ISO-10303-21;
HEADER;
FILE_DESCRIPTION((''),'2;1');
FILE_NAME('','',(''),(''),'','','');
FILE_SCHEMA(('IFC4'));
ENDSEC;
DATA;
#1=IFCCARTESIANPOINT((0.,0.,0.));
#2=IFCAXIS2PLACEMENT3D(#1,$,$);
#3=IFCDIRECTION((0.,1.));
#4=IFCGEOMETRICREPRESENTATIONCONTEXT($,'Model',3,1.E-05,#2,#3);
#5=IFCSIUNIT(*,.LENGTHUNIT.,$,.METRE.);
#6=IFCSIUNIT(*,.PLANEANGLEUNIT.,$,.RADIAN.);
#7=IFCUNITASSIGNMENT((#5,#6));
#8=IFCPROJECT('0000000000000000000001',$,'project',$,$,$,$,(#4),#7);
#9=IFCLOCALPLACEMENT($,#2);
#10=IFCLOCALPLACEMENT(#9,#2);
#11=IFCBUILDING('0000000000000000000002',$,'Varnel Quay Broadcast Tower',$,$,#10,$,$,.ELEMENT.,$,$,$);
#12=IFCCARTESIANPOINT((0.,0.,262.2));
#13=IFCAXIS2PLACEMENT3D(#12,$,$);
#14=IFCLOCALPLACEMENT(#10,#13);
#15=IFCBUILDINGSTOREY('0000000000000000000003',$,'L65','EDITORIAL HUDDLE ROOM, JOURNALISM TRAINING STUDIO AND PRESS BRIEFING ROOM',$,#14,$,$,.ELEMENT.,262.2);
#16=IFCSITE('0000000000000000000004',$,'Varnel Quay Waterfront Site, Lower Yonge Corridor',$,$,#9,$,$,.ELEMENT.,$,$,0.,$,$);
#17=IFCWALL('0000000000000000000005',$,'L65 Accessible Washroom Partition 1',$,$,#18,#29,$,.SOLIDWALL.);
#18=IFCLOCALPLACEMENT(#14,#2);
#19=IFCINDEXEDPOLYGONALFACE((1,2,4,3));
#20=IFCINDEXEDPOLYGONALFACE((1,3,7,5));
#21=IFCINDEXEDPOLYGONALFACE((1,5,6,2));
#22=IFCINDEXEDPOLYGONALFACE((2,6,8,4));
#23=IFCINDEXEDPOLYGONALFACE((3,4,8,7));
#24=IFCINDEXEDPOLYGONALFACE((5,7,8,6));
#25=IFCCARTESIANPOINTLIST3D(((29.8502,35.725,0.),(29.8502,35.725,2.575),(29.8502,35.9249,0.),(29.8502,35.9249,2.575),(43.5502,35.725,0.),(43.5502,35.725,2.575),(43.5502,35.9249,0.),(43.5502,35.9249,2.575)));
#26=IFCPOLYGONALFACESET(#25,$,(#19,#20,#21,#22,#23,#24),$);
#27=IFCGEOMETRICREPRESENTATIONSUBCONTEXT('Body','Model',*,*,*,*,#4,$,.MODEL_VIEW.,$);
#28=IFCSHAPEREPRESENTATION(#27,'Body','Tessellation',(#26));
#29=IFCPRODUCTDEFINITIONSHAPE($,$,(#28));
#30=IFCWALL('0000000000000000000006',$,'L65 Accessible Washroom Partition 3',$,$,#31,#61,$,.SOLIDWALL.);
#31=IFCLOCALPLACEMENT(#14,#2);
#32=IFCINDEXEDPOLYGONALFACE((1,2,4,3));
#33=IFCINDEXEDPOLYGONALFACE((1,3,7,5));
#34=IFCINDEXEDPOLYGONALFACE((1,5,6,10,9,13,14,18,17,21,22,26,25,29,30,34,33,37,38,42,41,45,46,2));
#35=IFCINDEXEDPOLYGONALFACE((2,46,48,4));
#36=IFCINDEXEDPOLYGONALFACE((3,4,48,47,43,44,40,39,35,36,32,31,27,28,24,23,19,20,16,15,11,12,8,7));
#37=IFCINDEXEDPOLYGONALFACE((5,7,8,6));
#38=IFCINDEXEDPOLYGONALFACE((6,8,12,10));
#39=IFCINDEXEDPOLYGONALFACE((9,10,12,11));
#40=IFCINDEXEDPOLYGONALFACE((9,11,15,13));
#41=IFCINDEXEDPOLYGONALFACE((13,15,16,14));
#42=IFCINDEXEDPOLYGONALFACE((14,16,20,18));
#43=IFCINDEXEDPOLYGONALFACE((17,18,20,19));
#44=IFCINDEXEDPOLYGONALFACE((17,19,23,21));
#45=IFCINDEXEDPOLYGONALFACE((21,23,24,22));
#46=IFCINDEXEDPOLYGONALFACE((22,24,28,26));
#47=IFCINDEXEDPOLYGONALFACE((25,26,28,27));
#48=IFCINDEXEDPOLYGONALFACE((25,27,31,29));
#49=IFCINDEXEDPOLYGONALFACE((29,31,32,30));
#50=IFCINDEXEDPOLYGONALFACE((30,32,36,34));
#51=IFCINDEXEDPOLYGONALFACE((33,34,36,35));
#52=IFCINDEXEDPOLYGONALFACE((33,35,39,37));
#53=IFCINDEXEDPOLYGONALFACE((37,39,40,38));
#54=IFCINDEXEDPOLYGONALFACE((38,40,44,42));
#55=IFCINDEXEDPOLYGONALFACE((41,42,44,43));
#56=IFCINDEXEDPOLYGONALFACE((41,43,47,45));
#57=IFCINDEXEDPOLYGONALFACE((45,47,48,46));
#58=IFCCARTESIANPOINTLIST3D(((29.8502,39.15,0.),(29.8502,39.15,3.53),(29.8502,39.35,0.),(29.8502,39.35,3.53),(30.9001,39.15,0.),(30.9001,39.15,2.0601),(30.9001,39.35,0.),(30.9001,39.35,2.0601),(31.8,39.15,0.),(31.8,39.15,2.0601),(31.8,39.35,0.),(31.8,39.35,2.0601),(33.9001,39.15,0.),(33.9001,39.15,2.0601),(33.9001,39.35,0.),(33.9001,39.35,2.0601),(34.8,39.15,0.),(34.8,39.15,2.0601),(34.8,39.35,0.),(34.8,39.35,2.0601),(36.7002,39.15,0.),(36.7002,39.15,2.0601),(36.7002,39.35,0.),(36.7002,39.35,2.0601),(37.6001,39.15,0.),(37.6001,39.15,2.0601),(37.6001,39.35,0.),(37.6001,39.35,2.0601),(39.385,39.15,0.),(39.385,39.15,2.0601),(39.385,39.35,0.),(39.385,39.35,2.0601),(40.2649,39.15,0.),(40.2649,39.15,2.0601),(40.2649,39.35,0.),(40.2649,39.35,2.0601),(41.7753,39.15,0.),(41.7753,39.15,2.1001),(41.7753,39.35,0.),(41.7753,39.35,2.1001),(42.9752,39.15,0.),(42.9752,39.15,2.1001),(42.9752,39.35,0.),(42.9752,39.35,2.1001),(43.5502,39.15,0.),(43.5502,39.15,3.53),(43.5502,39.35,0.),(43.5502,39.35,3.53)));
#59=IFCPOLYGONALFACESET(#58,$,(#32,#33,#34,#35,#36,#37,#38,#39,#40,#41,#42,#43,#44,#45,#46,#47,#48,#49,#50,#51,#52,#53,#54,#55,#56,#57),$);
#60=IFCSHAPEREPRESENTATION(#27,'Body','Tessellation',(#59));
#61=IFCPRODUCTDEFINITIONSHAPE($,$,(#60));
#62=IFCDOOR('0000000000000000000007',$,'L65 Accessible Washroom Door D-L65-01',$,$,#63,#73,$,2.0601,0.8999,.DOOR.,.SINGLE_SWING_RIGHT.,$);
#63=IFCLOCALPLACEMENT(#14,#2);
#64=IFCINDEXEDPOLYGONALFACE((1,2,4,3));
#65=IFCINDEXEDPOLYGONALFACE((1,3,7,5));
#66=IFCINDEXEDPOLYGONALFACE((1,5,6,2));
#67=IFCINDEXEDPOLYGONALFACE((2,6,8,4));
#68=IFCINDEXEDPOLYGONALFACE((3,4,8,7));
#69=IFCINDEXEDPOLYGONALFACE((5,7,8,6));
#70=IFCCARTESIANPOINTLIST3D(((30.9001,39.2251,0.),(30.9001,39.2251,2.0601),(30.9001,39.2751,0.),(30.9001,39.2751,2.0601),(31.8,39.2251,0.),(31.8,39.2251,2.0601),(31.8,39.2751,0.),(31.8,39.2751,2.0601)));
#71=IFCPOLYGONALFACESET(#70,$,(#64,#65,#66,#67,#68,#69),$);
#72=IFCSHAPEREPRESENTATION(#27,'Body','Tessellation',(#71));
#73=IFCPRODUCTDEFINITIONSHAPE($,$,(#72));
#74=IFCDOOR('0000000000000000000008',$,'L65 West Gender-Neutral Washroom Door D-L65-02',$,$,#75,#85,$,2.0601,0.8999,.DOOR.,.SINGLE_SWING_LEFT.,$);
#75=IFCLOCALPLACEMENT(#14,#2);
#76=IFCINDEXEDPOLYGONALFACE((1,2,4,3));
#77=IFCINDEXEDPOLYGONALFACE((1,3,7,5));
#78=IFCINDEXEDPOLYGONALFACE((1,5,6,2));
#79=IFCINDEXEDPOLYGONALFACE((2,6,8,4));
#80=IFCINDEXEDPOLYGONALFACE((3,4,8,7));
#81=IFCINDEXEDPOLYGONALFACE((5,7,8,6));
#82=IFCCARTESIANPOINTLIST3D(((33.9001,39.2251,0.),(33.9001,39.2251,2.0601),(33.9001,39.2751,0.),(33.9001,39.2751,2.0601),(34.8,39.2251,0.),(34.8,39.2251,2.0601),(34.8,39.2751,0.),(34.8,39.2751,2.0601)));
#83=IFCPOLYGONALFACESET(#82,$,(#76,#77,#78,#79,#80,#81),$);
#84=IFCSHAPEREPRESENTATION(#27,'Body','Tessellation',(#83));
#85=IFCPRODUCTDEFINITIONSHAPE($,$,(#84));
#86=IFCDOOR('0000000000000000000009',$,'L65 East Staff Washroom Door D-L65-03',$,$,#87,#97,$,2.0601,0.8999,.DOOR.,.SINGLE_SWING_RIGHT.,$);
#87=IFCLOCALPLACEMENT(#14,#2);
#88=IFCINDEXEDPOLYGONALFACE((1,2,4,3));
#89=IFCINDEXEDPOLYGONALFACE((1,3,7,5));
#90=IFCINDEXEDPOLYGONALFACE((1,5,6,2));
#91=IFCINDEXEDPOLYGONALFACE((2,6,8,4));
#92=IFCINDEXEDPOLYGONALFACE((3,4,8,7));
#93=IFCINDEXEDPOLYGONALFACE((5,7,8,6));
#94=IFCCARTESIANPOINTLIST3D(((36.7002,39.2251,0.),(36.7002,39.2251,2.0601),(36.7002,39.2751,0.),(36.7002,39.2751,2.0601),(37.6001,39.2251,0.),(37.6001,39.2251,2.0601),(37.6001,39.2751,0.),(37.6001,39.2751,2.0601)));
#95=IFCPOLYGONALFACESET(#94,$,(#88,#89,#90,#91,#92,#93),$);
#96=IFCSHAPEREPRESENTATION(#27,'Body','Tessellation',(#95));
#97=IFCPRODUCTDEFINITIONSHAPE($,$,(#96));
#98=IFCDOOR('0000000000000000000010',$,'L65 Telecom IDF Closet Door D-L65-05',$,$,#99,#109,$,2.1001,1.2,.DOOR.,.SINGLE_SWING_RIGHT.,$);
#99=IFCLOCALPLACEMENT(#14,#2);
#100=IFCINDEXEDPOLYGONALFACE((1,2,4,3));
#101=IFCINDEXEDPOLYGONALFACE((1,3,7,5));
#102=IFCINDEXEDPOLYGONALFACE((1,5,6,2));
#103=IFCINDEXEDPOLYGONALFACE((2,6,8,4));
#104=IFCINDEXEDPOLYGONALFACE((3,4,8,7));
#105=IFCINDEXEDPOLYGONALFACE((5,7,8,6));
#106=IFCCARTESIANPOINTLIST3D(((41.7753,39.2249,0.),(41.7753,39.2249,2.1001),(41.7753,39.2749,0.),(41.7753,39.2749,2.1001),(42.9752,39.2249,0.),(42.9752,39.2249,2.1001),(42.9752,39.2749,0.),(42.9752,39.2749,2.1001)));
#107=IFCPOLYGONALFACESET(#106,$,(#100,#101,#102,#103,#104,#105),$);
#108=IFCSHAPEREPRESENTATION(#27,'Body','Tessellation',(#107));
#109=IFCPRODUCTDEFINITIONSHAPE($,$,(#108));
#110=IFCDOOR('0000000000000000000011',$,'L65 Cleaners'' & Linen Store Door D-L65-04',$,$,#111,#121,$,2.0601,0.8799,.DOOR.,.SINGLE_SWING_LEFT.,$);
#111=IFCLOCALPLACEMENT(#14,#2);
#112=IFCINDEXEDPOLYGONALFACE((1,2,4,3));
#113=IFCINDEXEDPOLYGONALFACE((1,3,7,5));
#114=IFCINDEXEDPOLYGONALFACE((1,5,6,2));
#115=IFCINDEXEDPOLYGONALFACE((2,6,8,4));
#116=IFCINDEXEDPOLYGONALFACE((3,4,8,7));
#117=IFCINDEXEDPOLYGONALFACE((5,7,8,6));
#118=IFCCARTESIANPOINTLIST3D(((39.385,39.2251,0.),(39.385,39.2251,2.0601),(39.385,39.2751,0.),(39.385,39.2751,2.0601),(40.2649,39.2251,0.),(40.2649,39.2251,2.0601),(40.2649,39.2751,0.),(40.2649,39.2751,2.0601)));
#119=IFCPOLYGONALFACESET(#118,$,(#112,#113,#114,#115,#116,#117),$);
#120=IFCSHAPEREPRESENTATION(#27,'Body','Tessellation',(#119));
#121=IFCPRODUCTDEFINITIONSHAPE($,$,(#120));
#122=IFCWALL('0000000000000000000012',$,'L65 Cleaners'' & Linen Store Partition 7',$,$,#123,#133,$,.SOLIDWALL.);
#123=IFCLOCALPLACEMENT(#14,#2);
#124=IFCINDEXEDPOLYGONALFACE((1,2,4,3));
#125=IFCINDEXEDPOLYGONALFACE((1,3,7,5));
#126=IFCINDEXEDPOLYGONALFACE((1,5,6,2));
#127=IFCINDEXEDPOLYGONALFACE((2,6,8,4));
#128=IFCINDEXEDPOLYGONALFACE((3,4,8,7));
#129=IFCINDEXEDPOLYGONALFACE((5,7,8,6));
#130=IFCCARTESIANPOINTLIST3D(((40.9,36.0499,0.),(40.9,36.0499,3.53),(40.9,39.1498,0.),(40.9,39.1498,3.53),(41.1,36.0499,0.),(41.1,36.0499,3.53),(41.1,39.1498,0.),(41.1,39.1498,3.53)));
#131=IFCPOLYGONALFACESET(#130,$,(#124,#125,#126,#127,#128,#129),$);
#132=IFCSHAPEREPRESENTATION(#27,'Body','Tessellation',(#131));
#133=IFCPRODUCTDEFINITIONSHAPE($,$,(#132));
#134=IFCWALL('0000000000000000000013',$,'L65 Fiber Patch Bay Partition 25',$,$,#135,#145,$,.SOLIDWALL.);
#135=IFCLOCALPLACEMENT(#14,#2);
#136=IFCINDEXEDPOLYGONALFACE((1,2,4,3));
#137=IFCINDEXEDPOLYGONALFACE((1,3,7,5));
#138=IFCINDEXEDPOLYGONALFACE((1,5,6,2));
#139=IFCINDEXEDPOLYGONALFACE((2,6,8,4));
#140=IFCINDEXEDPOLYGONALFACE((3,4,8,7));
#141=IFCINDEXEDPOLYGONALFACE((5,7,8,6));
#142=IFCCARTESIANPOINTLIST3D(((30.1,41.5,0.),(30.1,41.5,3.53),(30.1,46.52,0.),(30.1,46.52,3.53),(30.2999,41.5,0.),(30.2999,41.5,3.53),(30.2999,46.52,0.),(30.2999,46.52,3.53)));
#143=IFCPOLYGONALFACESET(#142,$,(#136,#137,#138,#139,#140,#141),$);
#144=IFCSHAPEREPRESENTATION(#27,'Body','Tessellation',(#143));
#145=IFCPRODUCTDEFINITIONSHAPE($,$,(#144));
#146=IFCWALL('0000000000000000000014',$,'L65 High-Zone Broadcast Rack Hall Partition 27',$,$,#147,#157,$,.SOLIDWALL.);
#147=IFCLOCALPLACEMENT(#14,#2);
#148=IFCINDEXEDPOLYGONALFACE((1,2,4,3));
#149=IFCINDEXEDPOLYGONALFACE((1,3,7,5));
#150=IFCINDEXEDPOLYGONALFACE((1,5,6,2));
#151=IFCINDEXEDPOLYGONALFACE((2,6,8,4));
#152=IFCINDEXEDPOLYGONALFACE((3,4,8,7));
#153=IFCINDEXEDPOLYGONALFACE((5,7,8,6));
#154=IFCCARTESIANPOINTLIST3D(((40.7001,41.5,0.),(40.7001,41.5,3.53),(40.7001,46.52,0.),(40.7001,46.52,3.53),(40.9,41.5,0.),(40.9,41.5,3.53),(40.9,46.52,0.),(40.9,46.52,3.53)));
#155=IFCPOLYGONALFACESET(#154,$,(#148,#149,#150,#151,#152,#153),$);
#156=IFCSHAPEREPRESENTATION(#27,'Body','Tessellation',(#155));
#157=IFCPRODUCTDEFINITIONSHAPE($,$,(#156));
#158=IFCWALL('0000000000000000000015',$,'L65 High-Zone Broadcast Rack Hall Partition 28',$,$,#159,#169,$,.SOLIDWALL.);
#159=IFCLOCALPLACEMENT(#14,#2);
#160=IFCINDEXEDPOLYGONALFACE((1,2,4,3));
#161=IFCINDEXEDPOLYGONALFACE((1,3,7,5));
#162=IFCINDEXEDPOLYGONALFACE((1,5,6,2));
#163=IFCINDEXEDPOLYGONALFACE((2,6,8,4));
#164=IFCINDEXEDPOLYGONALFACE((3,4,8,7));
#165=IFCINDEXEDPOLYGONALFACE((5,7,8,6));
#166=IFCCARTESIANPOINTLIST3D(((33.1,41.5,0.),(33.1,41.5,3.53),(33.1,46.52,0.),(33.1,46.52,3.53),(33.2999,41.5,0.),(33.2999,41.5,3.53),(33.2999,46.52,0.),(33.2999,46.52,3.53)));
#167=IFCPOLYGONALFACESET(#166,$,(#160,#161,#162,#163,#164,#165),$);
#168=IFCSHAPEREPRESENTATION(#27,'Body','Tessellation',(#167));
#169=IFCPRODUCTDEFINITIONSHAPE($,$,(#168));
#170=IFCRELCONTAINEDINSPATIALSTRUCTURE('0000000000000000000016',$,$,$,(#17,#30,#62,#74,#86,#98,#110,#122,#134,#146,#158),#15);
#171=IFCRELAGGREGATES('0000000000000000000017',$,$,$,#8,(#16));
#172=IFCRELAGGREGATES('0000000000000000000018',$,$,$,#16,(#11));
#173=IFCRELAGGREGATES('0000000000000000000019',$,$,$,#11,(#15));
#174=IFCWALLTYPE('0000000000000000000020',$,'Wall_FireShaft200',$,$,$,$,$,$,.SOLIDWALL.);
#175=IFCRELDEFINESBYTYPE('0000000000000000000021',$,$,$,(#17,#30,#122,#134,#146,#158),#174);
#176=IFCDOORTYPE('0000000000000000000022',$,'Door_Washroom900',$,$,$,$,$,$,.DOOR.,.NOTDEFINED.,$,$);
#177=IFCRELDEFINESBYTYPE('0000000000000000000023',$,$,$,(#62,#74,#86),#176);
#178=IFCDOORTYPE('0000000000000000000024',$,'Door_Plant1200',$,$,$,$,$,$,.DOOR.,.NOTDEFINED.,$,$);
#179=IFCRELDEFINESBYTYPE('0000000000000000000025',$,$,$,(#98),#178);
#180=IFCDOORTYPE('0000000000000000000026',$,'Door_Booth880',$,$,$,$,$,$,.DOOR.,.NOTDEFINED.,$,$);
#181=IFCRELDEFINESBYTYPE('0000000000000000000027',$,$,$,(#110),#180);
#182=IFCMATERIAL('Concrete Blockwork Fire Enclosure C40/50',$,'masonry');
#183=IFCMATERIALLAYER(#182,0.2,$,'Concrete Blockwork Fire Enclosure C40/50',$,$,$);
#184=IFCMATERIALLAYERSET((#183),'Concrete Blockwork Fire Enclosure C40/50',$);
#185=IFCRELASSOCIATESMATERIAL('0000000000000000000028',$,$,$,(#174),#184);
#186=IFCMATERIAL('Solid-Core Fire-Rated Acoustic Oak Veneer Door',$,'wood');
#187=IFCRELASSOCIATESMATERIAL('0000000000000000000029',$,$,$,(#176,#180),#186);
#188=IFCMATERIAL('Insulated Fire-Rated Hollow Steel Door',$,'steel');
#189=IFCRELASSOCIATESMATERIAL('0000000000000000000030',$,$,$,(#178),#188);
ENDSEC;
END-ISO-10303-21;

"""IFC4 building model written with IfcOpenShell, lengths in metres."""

from ifc_helpers import new_model, si_unit, direction, frame, frame_2d, origin, place, context, subcontext, project, spatial, rectangle, extrude, source, transform, mapped, material, layer, layer_set, type_object, type_shapes, element, fill, save


model = new_model("IFC4")

# Units and contexts
model_context = context("Model", 3, precision=1e-05, world=origin(), true_north=direction((0.0, 1.0)))
body_context = subcontext(model_context, "Body", "Model", "MODEL_VIEW")
ifc_project = project(units=[si_unit("LENGTHUNIT", "METRE"), si_unit("PLANEANGLEUNIT", "RADIAN")], contexts=[model_context])

# Site, building, storey
site_placement = place(None, origin())
site = spatial("IfcSite", under=ifc_project, at=site_placement, Name="Varnel Quay Waterfront Site, Lower Yonge Corridor", CompositionType="ELEMENT", RefElevation=0.0)
building_placement = place(site_placement, origin())
building = spatial("IfcBuilding", under=site, at=building_placement, Name="Varnel Quay Broadcast Tower", CompositionType="ELEMENT")
storey_placement = place(building_placement, frame((0.0, 0.0, 262.2)))
storey = spatial("IfcBuildingStorey", under=building, at=storey_placement, Name="L65", Description="EDITORIAL HUDDLE ROOM, JOURNALISM TRAINING STUDIO AND PRESS BRIEFING ROOM", CompositionType="ELEMENT", Elevation=262.2)

# Shared definitions
ifc_material_1 = material(Name="Insulated Fire-Rated Hollow Steel Door", Category="steel")

# Wall
ifc_material_2 = material(Name="Concrete Blockwork Fire Enclosure C40/50", Category="masonry")
ifc_layer_1 = layer(ifc_material_2, 0.2, Name="Concrete Blockwork Fire Enclosure C40/50")
ifc_layer_set_1 = layer_set([ifc_layer_1], Name="Concrete Blockwork Fire Enclosure C40/50")
wall_type_1 = type_object("IfcWallType", Name="Wall_FireShaft200", PredefinedType="SOLIDWALL", material=ifc_layer_set_1)
wall_1_placement = place(storey_placement, frame((29.8501, 35.825, 0.0), z_axis=(0.0, 0.0, 1.0), x_axis=(1.0, 0.0, 0.0)))
element("IfcWall", 1, at=wall_1_placement, inside=storey, type_object=wall_type_1, Name="L65 Accessible Washroom Partition 1", PredefinedType="SOLIDWALL", context=body_context, shape_type="SweptSolid", body=[
    extrude(rectangle(XDim=13.7, YDim=0.2, at=frame_2d((6.8501, 0.0))), origin(), (0.0, 0.0, 1.0), 2.575),
])

# Wall, openings, doors
wall_2_placement = place(storey_placement, frame((29.8501, 39.25, 0.0), z_axis=(0.0, 0.0, 1.0), x_axis=(1.0, 0.0, 0.0)))
wall_2 = element("IfcWall", 2, at=wall_2_placement, inside=storey, type_object=wall_type_1, Name="L65 Accessible Washroom Partition 3", PredefinedType="SOLIDWALL", context=body_context, shape_type="SweptSolid", body=[
    extrude(rectangle(XDim=13.7, YDim=0.2, at=frame_2d((6.8501, 0.0))), origin(), (0.0, 0.0, 1.0), 3.53),
])
opening_1_placement = place(wall_2_placement, frame((1.05, 0.0, 0.0)))
opening_1 = element("IfcOpeningElement", 3, at=opening_1_placement, cuts=wall_2, PredefinedType="OPENING", context=body_context, shape_type="SweptSolid", body=[
    extrude(rectangle(XDim=0.8999, YDim=2.0601, at=frame_2d((0.45, 1.03))), frame((0.0, 0.1099, 0.0), z_axis=(0.0, -1.0, 0.0), x_axis=(1.0, 0.0, 0.0)), (0.0, 0.0, 1.0), 0.22),
])
opening_2_placement = place(wall_2_placement, frame((4.05, 0.0, 0.0)))
opening_2 = element("IfcOpeningElement", 4, at=opening_2_placement, cuts=wall_2, PredefinedType="OPENING", context=body_context, shape_type="SweptSolid", body=[
    extrude(rectangle(XDim=0.8999, YDim=2.0601, at=frame_2d((0.45, 1.03))), frame((0.0, 0.1099, 0.0), z_axis=(0.0, -1.0, 0.0), x_axis=(1.0, 0.0, 0.0)), (0.0, 0.0, 1.0), 0.22),
])
opening_3_placement = place(wall_2_placement, frame((6.8501, 0.0, 0.0)))
opening_3 = element("IfcOpeningElement", 5, at=opening_3_placement, cuts=wall_2, PredefinedType="OPENING", context=body_context, shape_type="SweptSolid", body=[
    extrude(rectangle(XDim=0.8999, YDim=2.0601, at=frame_2d((0.45, 1.03))), frame((0.0, 0.1099, 0.0), z_axis=(0.0, -1.0, 0.0), x_axis=(1.0, 0.0, 0.0)), (0.0, 0.0, 1.0), 0.22),
])
opening_4_placement = place(wall_2_placement, frame((9.5349, 0.0, 0.0)))
opening_4 = element("IfcOpeningElement", 6, at=opening_4_placement, cuts=wall_2, PredefinedType="OPENING", context=body_context, shape_type="SweptSolid", body=[
    extrude(rectangle(XDim=0.8799, YDim=2.0601, at=frame_2d((0.4399, 1.03))), frame((0.0, 0.1099, 0.0), z_axis=(0.0, -1.0, 0.0), x_axis=(1.0, 0.0, 0.0)), (0.0, 0.0, 1.0), 0.22),
])
opening_5_placement = place(wall_2_placement, frame((11.925, 0.0, 0.0)))
opening_5 = element("IfcOpeningElement", 7, at=opening_5_placement, cuts=wall_2, PredefinedType="OPENING", context=body_context, shape_type="SweptSolid", body=[
    extrude(rectangle(XDim=1.2, YDim=2.1001, at=frame_2d((0.6001, 1.05))), frame((0.0, 0.1099, 0.0), z_axis=(0.0, -1.0, 0.0), x_axis=(1.0, 0.0, 0.0)), (0.0, 0.0, 1.0), 0.22),
])
ifc_material_3 = material(Name="Solid-Core Fire-Rated Acoustic Oak Veneer Door", Category="wood")
door_type_1 = type_object("IfcDoorType", Name="Door_Washroom900", OperationType="NOTDEFINED", PredefinedType="DOOR", material=ifc_material_3)
shared_shape_1 = source(origin(), body_context, "Body", "SweptSolid", [
    extrude(rectangle(XDim=0.8999, YDim=2.0601, at=frame_2d((0.45, 1.03))), frame((0.0, 0.0249, 0.0), z_axis=(0.0, -1.0, 0.0), x_axis=(1.0, 0.0, 0.0)), (0.0, 0.0, 1.0), 0.05),
])
type_shapes(door_type_1, [shared_shape_1])
door_1_placement = place(opening_1_placement, frame((0.8999, 0.0, 0.0), z_axis=(0.0, 0.0, 1.0), x_axis=(-1.0, 0.0, 0.0)))
door_1 = element("IfcDoor", 8, at=door_1_placement, inside=storey, type_object=door_type_1, Name="L65 Accessible Washroom Door D-L65-01", OperationType="SINGLE_SWING_RIGHT", OverallHeight=2.0601, OverallWidth=0.8999, PredefinedType="DOOR", context=body_context, shape_type="MappedRepresentation", body=[
    mapped(shared_shape_1, transform((0.0, 0.0, 0.0), x_axis=(1.0, 0.0, 0.0), y_axis=(0.0, 1.0, 0.0), z_axis=(0.0, 0.0, 1.0), scale=1.0)),
])
fill(opening_1, door_1)
door_2_placement = place(opening_2_placement, frame((0.8999, 0.0, 0.0), z_axis=(0.0, 0.0, 1.0), x_axis=(-1.0, 0.0, 0.0)))
door_2 = element("IfcDoor", 9, at=door_2_placement, inside=storey, type_object=door_type_1, Name="L65 West Gender-Neutral Washroom Door D-L65-02", OperationType="SINGLE_SWING_LEFT", OverallHeight=2.0601, OverallWidth=0.8999, PredefinedType="DOOR", context=body_context, shape_type="MappedRepresentation", body=[
    mapped(shared_shape_1, transform((0.0, 0.0, 0.0), x_axis=(1.0, 0.0, 0.0), y_axis=(0.0, 1.0, 0.0), z_axis=(0.0, 0.0, 1.0), scale=1.0)),
])
fill(opening_2, door_2)
door_3_placement = place(opening_3_placement, frame((0.8999, 0.0, 0.0), z_axis=(0.0, 0.0, 1.0), x_axis=(-1.0, 0.0, 0.0)))
door_3 = element("IfcDoor", 10, at=door_3_placement, inside=storey, type_object=door_type_1, Name="L65 East Staff Washroom Door D-L65-03", OperationType="SINGLE_SWING_RIGHT", OverallHeight=2.0601, OverallWidth=0.8999, PredefinedType="DOOR", context=body_context, shape_type="MappedRepresentation", body=[
    mapped(shared_shape_1, transform((0.0, 0.0, 0.0), x_axis=(1.0, 0.0, 0.0), y_axis=(0.0, 1.0, 0.0), z_axis=(0.0, 0.0, 1.0), scale=1.0)),
])
fill(opening_3, door_3)
door_type_2 = type_object("IfcDoorType", Name="Door_Plant1200", OperationType="NOTDEFINED", PredefinedType="DOOR", material=ifc_material_1)
shared_shape_2 = source(origin(), body_context, "Body", "SweptSolid", [
    extrude(rectangle(XDim=1.2, YDim=2.1001, at=frame_2d((0.6001, 1.05))), frame((0.0, 0.0249, 0.0), z_axis=(0.0, -1.0, 0.0), x_axis=(1.0, 0.0, 0.0)), (0.0, 0.0, 1.0), 0.05),
])
type_shapes(door_type_2, [shared_shape_2])
door_4_placement = place(opening_5_placement, origin())
door_4 = element("IfcDoor", 11, at=door_4_placement, inside=storey, type_object=door_type_2, Name="L65 Telecom IDF Closet Door D-L65-05", OperationType="SINGLE_SWING_RIGHT", OverallHeight=2.1001, OverallWidth=1.2, PredefinedType="DOOR", context=body_context, shape_type="MappedRepresentation", body=[
    mapped(shared_shape_2, transform((0.0, 0.0, 0.0), x_axis=(1.0, 0.0, 0.0), y_axis=(0.0, 1.0, 0.0), z_axis=(0.0, 0.0, 1.0), scale=1.0)),
])
fill(opening_5, door_4)
door_type_3 = type_object("IfcDoorType", Name="Door_Booth880", OperationType="NOTDEFINED", PredefinedType="DOOR", material=ifc_material_3)
shared_shape_3 = source(origin(), body_context, "Body", "SweptSolid", [
    extrude(rectangle(XDim=0.8799, YDim=2.0601, at=frame_2d((0.4399, 1.03))), frame((0.0, 0.0249, 0.0), z_axis=(0.0, -1.0, 0.0), x_axis=(1.0, 0.0, 0.0)), (0.0, 0.0, 1.0), 0.05),
])
type_shapes(door_type_3, [shared_shape_3])
door_5_placement = place(opening_4_placement, frame((0.8799, 0.0, 0.0), z_axis=(0.0, 0.0, 1.0), x_axis=(-1.0, 0.0, 0.0)))
door_5 = element("IfcDoor", 12, at=door_5_placement, inside=storey, type_object=door_type_3, Name="L65 Cleaners' & Linen Store Door D-L65-04", OperationType="SINGLE_SWING_LEFT", OverallHeight=2.0601, OverallWidth=0.8799, PredefinedType="DOOR", context=body_context, shape_type="MappedRepresentation", body=[
    mapped(shared_shape_3, transform((0.0, 0.0, 0.0), x_axis=(1.0, 0.0, 0.0), y_axis=(0.0, 1.0, 0.0), z_axis=(0.0, 0.0, 1.0), scale=1.0)),
])
fill(opening_4, door_5)

# Walls
wall_3_placement = place(storey_placement, frame((41.0, 36.05, 0.0), z_axis=(0.0, 0.0, 1.0), x_axis=(0.0, 1.0, 0.0)))
element("IfcWall", 13, at=wall_3_placement, inside=storey, type_object=wall_type_1, Name="L65 Cleaners' & Linen Store Partition 7", PredefinedType="SOLIDWALL", context=body_context, shape_type="SweptSolid", body=[
    extrude(rectangle(XDim=3.0999, YDim=0.2, at=frame_2d((1.5498, 0.0))), origin(), (0.0, 0.0, 1.0), 3.53),
])
for number, where, z_axis, x_axis, name in (
    (14, (30.2, 41.5, 0.0), (0.0, 0.0, 1.0), (0.0, 1.0, 0.0), "L65 Fiber Patch Bay Partition 25"),
    (15, (40.8, 41.5, 0.0), (0.0, 0.0, 1.0), (0.0, 1.0, 0.0), "L65 High-Zone Broadcast Rack Hall Partition 27"),
    (16, (33.2, 41.5, 0.0), (0.0, 0.0, 1.0), (0.0, 1.0, 0.0), "L65 High-Zone Broadcast Rack Hall Partition 28"),
):
    element("IfcWall", number, at=place(storey_placement, frame(where, z_axis=z_axis, x_axis=x_axis)), inside=storey, type_object=wall_type_1, Name=name, PredefinedType="SOLIDWALL", context=body_context, shape_type="SweptSolid", body=[
        extrude(rectangle(XDim=5.02, YDim=0.2, at=frame_2d((2.51, 0.0))), origin(), (0.0, 0.0, 1.0), 3.53),
    ])

save(model, "model.ifc")
